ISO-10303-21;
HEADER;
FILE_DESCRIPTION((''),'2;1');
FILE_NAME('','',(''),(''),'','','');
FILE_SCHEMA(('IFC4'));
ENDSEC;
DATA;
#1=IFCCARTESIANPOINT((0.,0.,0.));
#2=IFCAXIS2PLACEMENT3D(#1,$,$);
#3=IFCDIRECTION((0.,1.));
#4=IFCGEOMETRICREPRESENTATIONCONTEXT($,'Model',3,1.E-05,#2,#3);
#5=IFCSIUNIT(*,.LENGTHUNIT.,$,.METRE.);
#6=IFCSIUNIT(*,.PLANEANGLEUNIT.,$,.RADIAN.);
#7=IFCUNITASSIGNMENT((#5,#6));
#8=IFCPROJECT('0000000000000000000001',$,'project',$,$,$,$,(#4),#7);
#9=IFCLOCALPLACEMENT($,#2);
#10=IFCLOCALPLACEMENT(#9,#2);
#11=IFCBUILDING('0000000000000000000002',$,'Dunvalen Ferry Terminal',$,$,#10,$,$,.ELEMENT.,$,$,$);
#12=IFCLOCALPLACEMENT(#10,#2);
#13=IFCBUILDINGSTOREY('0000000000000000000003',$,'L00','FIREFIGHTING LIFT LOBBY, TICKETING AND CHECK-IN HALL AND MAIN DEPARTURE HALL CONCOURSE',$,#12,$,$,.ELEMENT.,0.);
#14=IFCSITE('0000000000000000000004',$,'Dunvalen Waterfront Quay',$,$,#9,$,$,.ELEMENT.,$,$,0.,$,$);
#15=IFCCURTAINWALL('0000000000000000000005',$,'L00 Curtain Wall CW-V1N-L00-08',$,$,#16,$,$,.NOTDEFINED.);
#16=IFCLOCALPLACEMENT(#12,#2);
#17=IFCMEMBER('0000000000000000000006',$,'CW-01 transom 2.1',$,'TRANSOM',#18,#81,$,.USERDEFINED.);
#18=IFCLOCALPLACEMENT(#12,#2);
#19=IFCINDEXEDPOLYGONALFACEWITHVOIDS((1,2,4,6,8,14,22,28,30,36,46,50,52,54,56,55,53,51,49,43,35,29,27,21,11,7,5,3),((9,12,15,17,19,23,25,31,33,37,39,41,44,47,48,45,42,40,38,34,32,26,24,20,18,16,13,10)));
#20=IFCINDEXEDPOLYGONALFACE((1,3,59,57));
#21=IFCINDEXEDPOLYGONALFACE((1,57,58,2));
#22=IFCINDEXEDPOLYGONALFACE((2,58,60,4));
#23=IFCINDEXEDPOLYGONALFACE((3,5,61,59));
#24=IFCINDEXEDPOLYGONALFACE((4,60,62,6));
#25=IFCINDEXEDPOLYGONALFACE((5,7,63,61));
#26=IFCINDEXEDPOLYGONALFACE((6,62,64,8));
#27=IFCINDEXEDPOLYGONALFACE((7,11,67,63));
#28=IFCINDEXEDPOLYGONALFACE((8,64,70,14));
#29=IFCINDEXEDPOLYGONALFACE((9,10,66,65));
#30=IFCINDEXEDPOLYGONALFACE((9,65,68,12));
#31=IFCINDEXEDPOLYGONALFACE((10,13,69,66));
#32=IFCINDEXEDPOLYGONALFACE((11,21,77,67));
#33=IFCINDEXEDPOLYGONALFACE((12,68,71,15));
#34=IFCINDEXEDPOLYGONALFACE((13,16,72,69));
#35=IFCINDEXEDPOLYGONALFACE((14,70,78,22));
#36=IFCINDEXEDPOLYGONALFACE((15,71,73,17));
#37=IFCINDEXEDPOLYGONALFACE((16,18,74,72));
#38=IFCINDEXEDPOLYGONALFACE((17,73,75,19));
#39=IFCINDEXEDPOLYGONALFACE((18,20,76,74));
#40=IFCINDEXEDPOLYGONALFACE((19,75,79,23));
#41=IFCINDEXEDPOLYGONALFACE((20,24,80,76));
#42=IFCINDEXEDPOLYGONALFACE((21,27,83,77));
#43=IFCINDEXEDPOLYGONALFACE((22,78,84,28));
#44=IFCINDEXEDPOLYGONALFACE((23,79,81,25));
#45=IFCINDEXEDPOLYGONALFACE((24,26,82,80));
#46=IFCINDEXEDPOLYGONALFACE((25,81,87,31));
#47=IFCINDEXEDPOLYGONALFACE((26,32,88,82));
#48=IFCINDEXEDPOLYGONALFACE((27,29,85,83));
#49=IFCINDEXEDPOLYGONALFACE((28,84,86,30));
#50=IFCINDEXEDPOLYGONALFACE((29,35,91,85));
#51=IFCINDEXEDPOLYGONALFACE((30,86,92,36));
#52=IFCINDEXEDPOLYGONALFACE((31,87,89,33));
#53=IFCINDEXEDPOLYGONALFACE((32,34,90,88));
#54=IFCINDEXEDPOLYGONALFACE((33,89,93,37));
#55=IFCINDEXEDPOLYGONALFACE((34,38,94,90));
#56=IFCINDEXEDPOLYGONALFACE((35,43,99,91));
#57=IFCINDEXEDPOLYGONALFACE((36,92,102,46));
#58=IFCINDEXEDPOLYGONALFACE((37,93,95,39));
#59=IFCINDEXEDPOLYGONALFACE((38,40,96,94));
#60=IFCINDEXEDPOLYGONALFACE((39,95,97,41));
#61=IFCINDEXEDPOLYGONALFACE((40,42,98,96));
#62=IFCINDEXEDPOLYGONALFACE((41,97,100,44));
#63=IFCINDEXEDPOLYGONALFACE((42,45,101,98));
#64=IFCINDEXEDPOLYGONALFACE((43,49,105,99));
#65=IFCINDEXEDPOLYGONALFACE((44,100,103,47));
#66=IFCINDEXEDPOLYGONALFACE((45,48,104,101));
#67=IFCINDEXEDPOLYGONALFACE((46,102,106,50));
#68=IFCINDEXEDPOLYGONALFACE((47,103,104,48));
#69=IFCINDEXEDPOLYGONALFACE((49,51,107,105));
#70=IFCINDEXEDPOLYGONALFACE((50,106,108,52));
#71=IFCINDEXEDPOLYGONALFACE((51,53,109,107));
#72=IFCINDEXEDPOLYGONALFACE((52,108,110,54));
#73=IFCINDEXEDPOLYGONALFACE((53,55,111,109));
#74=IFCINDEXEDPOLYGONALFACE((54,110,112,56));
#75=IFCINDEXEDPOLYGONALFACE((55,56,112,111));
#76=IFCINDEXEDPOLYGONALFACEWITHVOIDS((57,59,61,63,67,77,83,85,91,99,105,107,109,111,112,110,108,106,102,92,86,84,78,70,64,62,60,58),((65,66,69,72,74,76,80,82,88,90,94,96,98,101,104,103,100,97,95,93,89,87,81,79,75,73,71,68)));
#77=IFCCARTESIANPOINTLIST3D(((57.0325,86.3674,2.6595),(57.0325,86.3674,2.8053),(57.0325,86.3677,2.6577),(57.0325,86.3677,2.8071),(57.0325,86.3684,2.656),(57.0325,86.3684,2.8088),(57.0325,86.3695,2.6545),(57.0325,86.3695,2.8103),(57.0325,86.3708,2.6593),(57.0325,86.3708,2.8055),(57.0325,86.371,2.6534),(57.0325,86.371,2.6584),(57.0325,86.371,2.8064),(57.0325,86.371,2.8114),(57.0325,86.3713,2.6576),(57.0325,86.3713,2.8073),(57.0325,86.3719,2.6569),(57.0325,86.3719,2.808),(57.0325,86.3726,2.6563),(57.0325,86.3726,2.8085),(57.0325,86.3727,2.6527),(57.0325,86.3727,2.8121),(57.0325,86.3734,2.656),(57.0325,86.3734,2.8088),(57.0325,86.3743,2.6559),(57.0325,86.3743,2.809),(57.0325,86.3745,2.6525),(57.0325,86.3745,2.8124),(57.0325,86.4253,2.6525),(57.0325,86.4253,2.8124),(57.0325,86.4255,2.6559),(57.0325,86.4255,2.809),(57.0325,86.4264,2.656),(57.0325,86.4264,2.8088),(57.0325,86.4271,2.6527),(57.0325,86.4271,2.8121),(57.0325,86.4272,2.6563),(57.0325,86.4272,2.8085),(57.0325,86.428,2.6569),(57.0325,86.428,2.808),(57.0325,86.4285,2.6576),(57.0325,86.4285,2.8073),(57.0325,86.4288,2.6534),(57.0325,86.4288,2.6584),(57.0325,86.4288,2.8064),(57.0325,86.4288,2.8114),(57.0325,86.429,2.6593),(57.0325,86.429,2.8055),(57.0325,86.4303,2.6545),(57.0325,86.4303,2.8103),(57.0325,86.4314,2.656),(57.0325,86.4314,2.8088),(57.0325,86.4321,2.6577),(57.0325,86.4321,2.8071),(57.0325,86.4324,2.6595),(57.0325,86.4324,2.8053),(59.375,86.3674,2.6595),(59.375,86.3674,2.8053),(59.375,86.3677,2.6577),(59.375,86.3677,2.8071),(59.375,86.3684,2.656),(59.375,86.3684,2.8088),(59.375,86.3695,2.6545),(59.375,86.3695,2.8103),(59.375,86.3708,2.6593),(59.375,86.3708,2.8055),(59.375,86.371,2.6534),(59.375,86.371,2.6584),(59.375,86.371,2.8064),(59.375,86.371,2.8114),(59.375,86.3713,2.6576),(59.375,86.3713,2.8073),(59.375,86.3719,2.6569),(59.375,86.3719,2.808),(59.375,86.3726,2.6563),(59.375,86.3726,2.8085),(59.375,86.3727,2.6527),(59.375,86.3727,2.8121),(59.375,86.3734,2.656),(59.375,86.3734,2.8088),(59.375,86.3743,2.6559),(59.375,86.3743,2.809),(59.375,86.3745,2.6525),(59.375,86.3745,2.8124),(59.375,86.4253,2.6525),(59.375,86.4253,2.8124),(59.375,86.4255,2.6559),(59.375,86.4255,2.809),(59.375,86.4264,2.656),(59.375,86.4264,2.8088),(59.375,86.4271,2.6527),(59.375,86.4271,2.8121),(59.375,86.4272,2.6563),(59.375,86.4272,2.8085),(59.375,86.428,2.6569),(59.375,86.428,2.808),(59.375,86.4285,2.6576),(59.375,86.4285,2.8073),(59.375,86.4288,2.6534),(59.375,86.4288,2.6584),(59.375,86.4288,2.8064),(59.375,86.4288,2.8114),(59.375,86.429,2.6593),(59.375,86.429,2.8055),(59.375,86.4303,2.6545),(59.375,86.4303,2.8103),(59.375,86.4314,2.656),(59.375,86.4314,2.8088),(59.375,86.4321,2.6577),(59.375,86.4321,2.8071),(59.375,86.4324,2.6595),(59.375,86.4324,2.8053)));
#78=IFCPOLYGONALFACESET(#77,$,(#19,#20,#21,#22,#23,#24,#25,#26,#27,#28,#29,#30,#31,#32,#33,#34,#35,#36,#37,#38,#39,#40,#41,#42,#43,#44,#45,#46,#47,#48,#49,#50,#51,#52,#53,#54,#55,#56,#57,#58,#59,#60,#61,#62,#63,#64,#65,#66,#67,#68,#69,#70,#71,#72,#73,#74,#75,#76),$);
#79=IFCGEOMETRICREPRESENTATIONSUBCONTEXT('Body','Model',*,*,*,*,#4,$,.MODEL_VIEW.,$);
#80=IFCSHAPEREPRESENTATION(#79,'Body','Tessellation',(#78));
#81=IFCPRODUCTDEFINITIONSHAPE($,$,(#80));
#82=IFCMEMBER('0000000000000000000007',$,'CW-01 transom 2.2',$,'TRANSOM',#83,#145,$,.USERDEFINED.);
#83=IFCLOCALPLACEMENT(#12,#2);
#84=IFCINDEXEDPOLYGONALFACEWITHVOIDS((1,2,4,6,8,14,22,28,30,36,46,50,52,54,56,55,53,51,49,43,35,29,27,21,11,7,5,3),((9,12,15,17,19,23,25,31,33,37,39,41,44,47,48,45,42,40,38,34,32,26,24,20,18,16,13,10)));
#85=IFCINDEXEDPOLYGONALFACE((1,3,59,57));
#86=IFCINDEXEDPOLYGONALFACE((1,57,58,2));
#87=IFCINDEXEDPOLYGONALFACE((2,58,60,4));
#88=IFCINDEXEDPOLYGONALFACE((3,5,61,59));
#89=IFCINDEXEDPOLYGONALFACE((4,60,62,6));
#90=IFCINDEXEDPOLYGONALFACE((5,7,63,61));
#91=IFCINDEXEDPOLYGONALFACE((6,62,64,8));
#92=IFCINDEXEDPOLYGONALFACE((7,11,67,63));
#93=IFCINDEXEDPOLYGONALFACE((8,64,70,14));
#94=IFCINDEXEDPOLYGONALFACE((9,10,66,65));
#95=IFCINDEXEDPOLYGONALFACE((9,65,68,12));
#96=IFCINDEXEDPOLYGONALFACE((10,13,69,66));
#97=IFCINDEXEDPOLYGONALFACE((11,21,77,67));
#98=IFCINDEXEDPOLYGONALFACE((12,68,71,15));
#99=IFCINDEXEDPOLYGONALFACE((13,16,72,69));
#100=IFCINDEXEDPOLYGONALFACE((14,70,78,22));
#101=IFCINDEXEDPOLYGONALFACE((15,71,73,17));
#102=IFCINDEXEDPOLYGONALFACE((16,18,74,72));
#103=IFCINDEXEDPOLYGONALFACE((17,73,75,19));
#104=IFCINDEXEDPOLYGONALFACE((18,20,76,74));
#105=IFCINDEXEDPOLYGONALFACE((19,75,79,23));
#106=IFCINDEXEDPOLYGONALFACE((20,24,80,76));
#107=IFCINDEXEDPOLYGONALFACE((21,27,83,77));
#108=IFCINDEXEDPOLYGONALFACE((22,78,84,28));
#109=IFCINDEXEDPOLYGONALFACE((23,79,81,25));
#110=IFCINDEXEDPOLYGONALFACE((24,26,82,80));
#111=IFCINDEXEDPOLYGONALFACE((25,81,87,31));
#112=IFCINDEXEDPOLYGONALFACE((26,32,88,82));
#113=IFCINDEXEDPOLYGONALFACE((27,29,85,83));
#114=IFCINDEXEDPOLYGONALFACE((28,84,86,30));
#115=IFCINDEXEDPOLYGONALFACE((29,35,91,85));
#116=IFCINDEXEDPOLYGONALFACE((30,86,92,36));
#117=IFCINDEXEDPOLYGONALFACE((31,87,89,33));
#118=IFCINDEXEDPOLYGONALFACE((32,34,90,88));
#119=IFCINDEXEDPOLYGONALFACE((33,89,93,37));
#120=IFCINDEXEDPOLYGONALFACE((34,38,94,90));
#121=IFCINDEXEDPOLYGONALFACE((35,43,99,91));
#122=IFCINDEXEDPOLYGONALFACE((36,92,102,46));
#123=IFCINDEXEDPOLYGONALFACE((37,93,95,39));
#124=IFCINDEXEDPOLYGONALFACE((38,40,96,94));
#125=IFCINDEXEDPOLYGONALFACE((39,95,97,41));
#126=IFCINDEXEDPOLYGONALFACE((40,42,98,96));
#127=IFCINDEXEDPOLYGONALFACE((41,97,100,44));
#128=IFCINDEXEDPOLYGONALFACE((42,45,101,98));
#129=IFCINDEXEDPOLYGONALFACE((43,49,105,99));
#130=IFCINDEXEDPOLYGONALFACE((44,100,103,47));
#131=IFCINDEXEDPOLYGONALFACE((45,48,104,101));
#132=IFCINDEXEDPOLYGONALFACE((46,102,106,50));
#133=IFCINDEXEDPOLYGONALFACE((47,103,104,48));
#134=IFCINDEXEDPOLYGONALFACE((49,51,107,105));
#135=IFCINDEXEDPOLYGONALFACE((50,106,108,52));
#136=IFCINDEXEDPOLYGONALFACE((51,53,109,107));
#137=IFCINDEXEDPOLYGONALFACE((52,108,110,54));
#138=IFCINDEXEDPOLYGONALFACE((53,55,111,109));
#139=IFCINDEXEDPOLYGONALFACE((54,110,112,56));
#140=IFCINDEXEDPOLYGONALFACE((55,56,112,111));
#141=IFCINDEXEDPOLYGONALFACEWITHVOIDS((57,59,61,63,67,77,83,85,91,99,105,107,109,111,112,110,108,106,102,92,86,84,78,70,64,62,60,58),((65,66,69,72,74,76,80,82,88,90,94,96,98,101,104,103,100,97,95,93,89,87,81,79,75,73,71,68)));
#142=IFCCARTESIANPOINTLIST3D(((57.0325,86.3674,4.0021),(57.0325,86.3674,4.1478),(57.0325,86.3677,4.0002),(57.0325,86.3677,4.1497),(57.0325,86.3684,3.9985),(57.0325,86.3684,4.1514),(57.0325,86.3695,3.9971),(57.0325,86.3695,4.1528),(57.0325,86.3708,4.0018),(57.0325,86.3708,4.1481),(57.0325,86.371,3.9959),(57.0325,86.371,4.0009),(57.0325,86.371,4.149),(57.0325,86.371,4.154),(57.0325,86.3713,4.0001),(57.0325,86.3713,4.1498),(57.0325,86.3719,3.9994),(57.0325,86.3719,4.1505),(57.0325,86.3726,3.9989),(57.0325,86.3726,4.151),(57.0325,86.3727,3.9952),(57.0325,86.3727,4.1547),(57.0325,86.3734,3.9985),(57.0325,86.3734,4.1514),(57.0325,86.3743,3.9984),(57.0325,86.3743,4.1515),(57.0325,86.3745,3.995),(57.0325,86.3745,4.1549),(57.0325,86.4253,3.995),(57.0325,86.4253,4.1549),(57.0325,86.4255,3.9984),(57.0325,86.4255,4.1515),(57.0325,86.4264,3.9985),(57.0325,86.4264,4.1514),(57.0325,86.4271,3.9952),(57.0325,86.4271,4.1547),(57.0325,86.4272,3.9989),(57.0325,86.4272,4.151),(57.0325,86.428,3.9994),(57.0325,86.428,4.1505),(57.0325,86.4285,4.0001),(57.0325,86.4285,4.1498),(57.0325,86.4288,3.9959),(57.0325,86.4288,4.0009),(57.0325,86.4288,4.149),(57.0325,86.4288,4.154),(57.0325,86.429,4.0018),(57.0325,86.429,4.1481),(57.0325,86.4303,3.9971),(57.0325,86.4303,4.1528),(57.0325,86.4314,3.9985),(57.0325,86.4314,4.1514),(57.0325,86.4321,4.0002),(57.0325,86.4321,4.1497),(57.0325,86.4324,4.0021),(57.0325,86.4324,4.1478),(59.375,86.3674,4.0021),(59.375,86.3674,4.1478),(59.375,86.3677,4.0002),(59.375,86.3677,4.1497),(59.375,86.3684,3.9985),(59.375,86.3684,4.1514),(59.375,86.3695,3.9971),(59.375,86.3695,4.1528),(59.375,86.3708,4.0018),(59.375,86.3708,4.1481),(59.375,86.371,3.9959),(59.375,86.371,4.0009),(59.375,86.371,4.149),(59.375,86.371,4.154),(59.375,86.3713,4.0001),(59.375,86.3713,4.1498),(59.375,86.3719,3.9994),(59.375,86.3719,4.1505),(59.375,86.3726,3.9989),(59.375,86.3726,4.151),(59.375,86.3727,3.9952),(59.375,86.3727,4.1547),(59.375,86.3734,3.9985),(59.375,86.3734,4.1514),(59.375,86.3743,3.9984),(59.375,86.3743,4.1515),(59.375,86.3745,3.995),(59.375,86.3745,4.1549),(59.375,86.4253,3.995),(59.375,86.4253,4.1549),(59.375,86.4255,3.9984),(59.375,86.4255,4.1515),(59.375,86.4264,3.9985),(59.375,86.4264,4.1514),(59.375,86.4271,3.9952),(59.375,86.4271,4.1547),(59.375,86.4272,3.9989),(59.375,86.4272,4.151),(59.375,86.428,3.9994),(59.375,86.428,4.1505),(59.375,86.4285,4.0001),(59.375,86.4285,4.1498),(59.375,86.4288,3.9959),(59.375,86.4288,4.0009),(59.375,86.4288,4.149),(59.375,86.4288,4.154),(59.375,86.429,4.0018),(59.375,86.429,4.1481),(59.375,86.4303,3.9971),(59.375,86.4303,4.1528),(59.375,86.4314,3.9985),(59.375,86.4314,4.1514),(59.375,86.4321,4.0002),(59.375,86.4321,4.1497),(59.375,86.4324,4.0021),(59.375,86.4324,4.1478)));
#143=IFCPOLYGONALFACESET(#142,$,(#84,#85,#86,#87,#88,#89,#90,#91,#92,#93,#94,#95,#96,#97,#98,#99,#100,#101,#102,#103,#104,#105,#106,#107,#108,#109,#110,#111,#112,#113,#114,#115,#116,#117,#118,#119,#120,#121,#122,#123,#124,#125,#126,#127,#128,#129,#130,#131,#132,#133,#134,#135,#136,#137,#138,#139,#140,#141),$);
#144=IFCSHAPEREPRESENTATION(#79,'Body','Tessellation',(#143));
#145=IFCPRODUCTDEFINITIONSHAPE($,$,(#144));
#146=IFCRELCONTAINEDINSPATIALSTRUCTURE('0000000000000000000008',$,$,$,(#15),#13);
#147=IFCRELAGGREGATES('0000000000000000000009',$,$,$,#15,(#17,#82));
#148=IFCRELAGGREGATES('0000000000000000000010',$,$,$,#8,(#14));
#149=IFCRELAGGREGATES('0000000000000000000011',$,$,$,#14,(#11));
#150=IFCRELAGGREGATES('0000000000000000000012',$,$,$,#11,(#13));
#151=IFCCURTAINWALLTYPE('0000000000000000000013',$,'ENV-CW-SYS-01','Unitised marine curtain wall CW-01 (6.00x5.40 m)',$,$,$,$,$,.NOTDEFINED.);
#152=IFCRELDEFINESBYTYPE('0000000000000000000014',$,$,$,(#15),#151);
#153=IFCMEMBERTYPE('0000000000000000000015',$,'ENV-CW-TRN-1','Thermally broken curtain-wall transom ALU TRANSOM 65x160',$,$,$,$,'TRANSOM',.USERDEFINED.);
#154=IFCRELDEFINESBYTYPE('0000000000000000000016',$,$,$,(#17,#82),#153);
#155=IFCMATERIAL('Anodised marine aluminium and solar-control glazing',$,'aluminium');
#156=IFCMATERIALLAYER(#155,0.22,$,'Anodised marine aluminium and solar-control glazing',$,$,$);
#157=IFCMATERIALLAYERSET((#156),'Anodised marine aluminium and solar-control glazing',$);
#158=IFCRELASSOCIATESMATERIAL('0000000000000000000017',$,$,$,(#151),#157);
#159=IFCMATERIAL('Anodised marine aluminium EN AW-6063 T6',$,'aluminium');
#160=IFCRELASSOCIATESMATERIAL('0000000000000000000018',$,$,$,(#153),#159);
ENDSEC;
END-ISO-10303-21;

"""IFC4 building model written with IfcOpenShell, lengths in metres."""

from ifc_helpers import new_model, si_unit, direction, frame, origin, origin_2d, place, context, subcontext, project, spatial, hollow_rectangle, extrude, material, layer, layer_set, material_profile, profile_set, type_object, element, aggregate, save


model = new_model("IFC4")

# Units and contexts
model_context = context("Model", 3, precision=1e-05, world=origin(), true_north=direction((0.0, 1.0)))
body_context = subcontext(model_context, "Body", "Model", "MODEL_VIEW")
ifc_project = project(units=[si_unit("LENGTHUNIT", "METRE"), si_unit("PLANEANGLEUNIT", "RADIAN")], contexts=[model_context])

# Site, building, storey
site_placement = place(None, origin())
site = spatial("IfcSite", under=ifc_project, at=site_placement, Name="Dunvalen Waterfront Quay", CompositionType="ELEMENT", RefElevation=0.0)
building_placement = place(site_placement, origin())
building = spatial("IfcBuilding", under=site, at=building_placement, Name="Dunvalen Ferry Terminal", CompositionType="ELEMENT")
storey_placement = place(building_placement, origin())
storey = spatial("IfcBuildingStorey", under=building, at=storey_placement, Name="L00", Description="FIREFIGHTING LIFT LOBBY, TICKETING AND CHECK-IN HALL AND MAIN DEPARTURE HALL CONCOURSE", CompositionType="ELEMENT", Elevation=0.0)

# Shared definitions
ifc_material_1 = material(Name="Anodised marine aluminium and solar-control glazing", Category="aluminium")
ifc_layer_1 = layer(ifc_material_1, 0.22, Name="Anodised marine aluminium and solar-control glazing")
ifc_layer_set_1 = layer_set([ifc_layer_1], Name="Anodised marine aluminium and solar-control glazing")
curtain_wall_type = type_object("IfcCurtainWallType", Name="ENV-CW-SYS-01", Description="Unitised marine curtain wall CW-01 (6.00x5.40 m)", PredefinedType="NOTDEFINED", material=ifc_layer_set_1)
ifc_material_2 = material(Name="Anodised marine aluminium EN AW-6063 T6", Category="aluminium")

# Curtain wall
curtain_wall_1_placement = place(storey_placement, origin())
curtain_wall_1 = element("IfcCurtainWall", 1, at=curtain_wall_1_placement, inside=storey, type_object=curtain_wall_type, Name="L00 Curtain Wall CW-V1N-L00-08", PredefinedType="NOTDEFINED")

# Members
ifc_material_profile_1 = material_profile(ifc_material_2, hollow_rectangle(XDim=0.0649, YDim=0.1599, WallThickness=0.0034, InnerFilletRadius=0.0034, OuterFilletRadius=0.0071, at=origin_2d()), Name="Anodised marine aluminium EN AW-6063 T6")
ifc_profile_set_1 = profile_set([ifc_material_profile_1], Name="Anodised marine aluminium EN AW-6063 T6")
member_type_1 = type_object("IfcMemberType", Name="ENV-CW-TRN-1", Description="Thermally broken curtain-wall transom ALU TRANSOM 65x160", ElementType="TRANSOM", PredefinedType="USERDEFINED", material=ifc_profile_set_1)
member_1_placement = place(storey_placement, frame((57.0325, 86.3999, 2.7324), z_axis=(1.0, 0.0, 0.0), x_axis=(0.0, 1.0, 0.0)))
member_1 = element("IfcMember", 2, at=member_1_placement, type_object=member_type_1, Name="CW-01 transom 2.1", ObjectType="TRANSOM", PredefinedType="USERDEFINED", context=body_context, shape_type="SweptSolid", body=[
    extrude(hollow_rectangle(XDim=0.0649, YDim=0.1599, WallThickness=0.0034, InnerFilletRadius=0.0034, OuterFilletRadius=0.0071, at=origin_2d()), origin(), (0.0, 0.0, 1.0), 2.3425),
])
member_2_placement = place(storey_placement, frame((57.0325, 86.3999, 4.075), z_axis=(1.0, 0.0, 0.0), x_axis=(0.0, 1.0, 0.0)))
member_2 = element("IfcMember", 3, at=member_2_placement, type_object=member_type_1, Name="CW-01 transom 2.2", ObjectType="TRANSOM", PredefinedType="USERDEFINED", context=body_context, shape_type="SweptSolid", body=[
    extrude(hollow_rectangle(XDim=0.0649, YDim=0.1599, WallThickness=0.0034, InnerFilletRadius=0.0034, OuterFilletRadius=0.0071, at=origin_2d()), origin(), (0.0, 0.0, 1.0), 2.3425),
])

aggregate(curtain_wall_1, [member_1, member_2])

save(model, "model.ifc")
